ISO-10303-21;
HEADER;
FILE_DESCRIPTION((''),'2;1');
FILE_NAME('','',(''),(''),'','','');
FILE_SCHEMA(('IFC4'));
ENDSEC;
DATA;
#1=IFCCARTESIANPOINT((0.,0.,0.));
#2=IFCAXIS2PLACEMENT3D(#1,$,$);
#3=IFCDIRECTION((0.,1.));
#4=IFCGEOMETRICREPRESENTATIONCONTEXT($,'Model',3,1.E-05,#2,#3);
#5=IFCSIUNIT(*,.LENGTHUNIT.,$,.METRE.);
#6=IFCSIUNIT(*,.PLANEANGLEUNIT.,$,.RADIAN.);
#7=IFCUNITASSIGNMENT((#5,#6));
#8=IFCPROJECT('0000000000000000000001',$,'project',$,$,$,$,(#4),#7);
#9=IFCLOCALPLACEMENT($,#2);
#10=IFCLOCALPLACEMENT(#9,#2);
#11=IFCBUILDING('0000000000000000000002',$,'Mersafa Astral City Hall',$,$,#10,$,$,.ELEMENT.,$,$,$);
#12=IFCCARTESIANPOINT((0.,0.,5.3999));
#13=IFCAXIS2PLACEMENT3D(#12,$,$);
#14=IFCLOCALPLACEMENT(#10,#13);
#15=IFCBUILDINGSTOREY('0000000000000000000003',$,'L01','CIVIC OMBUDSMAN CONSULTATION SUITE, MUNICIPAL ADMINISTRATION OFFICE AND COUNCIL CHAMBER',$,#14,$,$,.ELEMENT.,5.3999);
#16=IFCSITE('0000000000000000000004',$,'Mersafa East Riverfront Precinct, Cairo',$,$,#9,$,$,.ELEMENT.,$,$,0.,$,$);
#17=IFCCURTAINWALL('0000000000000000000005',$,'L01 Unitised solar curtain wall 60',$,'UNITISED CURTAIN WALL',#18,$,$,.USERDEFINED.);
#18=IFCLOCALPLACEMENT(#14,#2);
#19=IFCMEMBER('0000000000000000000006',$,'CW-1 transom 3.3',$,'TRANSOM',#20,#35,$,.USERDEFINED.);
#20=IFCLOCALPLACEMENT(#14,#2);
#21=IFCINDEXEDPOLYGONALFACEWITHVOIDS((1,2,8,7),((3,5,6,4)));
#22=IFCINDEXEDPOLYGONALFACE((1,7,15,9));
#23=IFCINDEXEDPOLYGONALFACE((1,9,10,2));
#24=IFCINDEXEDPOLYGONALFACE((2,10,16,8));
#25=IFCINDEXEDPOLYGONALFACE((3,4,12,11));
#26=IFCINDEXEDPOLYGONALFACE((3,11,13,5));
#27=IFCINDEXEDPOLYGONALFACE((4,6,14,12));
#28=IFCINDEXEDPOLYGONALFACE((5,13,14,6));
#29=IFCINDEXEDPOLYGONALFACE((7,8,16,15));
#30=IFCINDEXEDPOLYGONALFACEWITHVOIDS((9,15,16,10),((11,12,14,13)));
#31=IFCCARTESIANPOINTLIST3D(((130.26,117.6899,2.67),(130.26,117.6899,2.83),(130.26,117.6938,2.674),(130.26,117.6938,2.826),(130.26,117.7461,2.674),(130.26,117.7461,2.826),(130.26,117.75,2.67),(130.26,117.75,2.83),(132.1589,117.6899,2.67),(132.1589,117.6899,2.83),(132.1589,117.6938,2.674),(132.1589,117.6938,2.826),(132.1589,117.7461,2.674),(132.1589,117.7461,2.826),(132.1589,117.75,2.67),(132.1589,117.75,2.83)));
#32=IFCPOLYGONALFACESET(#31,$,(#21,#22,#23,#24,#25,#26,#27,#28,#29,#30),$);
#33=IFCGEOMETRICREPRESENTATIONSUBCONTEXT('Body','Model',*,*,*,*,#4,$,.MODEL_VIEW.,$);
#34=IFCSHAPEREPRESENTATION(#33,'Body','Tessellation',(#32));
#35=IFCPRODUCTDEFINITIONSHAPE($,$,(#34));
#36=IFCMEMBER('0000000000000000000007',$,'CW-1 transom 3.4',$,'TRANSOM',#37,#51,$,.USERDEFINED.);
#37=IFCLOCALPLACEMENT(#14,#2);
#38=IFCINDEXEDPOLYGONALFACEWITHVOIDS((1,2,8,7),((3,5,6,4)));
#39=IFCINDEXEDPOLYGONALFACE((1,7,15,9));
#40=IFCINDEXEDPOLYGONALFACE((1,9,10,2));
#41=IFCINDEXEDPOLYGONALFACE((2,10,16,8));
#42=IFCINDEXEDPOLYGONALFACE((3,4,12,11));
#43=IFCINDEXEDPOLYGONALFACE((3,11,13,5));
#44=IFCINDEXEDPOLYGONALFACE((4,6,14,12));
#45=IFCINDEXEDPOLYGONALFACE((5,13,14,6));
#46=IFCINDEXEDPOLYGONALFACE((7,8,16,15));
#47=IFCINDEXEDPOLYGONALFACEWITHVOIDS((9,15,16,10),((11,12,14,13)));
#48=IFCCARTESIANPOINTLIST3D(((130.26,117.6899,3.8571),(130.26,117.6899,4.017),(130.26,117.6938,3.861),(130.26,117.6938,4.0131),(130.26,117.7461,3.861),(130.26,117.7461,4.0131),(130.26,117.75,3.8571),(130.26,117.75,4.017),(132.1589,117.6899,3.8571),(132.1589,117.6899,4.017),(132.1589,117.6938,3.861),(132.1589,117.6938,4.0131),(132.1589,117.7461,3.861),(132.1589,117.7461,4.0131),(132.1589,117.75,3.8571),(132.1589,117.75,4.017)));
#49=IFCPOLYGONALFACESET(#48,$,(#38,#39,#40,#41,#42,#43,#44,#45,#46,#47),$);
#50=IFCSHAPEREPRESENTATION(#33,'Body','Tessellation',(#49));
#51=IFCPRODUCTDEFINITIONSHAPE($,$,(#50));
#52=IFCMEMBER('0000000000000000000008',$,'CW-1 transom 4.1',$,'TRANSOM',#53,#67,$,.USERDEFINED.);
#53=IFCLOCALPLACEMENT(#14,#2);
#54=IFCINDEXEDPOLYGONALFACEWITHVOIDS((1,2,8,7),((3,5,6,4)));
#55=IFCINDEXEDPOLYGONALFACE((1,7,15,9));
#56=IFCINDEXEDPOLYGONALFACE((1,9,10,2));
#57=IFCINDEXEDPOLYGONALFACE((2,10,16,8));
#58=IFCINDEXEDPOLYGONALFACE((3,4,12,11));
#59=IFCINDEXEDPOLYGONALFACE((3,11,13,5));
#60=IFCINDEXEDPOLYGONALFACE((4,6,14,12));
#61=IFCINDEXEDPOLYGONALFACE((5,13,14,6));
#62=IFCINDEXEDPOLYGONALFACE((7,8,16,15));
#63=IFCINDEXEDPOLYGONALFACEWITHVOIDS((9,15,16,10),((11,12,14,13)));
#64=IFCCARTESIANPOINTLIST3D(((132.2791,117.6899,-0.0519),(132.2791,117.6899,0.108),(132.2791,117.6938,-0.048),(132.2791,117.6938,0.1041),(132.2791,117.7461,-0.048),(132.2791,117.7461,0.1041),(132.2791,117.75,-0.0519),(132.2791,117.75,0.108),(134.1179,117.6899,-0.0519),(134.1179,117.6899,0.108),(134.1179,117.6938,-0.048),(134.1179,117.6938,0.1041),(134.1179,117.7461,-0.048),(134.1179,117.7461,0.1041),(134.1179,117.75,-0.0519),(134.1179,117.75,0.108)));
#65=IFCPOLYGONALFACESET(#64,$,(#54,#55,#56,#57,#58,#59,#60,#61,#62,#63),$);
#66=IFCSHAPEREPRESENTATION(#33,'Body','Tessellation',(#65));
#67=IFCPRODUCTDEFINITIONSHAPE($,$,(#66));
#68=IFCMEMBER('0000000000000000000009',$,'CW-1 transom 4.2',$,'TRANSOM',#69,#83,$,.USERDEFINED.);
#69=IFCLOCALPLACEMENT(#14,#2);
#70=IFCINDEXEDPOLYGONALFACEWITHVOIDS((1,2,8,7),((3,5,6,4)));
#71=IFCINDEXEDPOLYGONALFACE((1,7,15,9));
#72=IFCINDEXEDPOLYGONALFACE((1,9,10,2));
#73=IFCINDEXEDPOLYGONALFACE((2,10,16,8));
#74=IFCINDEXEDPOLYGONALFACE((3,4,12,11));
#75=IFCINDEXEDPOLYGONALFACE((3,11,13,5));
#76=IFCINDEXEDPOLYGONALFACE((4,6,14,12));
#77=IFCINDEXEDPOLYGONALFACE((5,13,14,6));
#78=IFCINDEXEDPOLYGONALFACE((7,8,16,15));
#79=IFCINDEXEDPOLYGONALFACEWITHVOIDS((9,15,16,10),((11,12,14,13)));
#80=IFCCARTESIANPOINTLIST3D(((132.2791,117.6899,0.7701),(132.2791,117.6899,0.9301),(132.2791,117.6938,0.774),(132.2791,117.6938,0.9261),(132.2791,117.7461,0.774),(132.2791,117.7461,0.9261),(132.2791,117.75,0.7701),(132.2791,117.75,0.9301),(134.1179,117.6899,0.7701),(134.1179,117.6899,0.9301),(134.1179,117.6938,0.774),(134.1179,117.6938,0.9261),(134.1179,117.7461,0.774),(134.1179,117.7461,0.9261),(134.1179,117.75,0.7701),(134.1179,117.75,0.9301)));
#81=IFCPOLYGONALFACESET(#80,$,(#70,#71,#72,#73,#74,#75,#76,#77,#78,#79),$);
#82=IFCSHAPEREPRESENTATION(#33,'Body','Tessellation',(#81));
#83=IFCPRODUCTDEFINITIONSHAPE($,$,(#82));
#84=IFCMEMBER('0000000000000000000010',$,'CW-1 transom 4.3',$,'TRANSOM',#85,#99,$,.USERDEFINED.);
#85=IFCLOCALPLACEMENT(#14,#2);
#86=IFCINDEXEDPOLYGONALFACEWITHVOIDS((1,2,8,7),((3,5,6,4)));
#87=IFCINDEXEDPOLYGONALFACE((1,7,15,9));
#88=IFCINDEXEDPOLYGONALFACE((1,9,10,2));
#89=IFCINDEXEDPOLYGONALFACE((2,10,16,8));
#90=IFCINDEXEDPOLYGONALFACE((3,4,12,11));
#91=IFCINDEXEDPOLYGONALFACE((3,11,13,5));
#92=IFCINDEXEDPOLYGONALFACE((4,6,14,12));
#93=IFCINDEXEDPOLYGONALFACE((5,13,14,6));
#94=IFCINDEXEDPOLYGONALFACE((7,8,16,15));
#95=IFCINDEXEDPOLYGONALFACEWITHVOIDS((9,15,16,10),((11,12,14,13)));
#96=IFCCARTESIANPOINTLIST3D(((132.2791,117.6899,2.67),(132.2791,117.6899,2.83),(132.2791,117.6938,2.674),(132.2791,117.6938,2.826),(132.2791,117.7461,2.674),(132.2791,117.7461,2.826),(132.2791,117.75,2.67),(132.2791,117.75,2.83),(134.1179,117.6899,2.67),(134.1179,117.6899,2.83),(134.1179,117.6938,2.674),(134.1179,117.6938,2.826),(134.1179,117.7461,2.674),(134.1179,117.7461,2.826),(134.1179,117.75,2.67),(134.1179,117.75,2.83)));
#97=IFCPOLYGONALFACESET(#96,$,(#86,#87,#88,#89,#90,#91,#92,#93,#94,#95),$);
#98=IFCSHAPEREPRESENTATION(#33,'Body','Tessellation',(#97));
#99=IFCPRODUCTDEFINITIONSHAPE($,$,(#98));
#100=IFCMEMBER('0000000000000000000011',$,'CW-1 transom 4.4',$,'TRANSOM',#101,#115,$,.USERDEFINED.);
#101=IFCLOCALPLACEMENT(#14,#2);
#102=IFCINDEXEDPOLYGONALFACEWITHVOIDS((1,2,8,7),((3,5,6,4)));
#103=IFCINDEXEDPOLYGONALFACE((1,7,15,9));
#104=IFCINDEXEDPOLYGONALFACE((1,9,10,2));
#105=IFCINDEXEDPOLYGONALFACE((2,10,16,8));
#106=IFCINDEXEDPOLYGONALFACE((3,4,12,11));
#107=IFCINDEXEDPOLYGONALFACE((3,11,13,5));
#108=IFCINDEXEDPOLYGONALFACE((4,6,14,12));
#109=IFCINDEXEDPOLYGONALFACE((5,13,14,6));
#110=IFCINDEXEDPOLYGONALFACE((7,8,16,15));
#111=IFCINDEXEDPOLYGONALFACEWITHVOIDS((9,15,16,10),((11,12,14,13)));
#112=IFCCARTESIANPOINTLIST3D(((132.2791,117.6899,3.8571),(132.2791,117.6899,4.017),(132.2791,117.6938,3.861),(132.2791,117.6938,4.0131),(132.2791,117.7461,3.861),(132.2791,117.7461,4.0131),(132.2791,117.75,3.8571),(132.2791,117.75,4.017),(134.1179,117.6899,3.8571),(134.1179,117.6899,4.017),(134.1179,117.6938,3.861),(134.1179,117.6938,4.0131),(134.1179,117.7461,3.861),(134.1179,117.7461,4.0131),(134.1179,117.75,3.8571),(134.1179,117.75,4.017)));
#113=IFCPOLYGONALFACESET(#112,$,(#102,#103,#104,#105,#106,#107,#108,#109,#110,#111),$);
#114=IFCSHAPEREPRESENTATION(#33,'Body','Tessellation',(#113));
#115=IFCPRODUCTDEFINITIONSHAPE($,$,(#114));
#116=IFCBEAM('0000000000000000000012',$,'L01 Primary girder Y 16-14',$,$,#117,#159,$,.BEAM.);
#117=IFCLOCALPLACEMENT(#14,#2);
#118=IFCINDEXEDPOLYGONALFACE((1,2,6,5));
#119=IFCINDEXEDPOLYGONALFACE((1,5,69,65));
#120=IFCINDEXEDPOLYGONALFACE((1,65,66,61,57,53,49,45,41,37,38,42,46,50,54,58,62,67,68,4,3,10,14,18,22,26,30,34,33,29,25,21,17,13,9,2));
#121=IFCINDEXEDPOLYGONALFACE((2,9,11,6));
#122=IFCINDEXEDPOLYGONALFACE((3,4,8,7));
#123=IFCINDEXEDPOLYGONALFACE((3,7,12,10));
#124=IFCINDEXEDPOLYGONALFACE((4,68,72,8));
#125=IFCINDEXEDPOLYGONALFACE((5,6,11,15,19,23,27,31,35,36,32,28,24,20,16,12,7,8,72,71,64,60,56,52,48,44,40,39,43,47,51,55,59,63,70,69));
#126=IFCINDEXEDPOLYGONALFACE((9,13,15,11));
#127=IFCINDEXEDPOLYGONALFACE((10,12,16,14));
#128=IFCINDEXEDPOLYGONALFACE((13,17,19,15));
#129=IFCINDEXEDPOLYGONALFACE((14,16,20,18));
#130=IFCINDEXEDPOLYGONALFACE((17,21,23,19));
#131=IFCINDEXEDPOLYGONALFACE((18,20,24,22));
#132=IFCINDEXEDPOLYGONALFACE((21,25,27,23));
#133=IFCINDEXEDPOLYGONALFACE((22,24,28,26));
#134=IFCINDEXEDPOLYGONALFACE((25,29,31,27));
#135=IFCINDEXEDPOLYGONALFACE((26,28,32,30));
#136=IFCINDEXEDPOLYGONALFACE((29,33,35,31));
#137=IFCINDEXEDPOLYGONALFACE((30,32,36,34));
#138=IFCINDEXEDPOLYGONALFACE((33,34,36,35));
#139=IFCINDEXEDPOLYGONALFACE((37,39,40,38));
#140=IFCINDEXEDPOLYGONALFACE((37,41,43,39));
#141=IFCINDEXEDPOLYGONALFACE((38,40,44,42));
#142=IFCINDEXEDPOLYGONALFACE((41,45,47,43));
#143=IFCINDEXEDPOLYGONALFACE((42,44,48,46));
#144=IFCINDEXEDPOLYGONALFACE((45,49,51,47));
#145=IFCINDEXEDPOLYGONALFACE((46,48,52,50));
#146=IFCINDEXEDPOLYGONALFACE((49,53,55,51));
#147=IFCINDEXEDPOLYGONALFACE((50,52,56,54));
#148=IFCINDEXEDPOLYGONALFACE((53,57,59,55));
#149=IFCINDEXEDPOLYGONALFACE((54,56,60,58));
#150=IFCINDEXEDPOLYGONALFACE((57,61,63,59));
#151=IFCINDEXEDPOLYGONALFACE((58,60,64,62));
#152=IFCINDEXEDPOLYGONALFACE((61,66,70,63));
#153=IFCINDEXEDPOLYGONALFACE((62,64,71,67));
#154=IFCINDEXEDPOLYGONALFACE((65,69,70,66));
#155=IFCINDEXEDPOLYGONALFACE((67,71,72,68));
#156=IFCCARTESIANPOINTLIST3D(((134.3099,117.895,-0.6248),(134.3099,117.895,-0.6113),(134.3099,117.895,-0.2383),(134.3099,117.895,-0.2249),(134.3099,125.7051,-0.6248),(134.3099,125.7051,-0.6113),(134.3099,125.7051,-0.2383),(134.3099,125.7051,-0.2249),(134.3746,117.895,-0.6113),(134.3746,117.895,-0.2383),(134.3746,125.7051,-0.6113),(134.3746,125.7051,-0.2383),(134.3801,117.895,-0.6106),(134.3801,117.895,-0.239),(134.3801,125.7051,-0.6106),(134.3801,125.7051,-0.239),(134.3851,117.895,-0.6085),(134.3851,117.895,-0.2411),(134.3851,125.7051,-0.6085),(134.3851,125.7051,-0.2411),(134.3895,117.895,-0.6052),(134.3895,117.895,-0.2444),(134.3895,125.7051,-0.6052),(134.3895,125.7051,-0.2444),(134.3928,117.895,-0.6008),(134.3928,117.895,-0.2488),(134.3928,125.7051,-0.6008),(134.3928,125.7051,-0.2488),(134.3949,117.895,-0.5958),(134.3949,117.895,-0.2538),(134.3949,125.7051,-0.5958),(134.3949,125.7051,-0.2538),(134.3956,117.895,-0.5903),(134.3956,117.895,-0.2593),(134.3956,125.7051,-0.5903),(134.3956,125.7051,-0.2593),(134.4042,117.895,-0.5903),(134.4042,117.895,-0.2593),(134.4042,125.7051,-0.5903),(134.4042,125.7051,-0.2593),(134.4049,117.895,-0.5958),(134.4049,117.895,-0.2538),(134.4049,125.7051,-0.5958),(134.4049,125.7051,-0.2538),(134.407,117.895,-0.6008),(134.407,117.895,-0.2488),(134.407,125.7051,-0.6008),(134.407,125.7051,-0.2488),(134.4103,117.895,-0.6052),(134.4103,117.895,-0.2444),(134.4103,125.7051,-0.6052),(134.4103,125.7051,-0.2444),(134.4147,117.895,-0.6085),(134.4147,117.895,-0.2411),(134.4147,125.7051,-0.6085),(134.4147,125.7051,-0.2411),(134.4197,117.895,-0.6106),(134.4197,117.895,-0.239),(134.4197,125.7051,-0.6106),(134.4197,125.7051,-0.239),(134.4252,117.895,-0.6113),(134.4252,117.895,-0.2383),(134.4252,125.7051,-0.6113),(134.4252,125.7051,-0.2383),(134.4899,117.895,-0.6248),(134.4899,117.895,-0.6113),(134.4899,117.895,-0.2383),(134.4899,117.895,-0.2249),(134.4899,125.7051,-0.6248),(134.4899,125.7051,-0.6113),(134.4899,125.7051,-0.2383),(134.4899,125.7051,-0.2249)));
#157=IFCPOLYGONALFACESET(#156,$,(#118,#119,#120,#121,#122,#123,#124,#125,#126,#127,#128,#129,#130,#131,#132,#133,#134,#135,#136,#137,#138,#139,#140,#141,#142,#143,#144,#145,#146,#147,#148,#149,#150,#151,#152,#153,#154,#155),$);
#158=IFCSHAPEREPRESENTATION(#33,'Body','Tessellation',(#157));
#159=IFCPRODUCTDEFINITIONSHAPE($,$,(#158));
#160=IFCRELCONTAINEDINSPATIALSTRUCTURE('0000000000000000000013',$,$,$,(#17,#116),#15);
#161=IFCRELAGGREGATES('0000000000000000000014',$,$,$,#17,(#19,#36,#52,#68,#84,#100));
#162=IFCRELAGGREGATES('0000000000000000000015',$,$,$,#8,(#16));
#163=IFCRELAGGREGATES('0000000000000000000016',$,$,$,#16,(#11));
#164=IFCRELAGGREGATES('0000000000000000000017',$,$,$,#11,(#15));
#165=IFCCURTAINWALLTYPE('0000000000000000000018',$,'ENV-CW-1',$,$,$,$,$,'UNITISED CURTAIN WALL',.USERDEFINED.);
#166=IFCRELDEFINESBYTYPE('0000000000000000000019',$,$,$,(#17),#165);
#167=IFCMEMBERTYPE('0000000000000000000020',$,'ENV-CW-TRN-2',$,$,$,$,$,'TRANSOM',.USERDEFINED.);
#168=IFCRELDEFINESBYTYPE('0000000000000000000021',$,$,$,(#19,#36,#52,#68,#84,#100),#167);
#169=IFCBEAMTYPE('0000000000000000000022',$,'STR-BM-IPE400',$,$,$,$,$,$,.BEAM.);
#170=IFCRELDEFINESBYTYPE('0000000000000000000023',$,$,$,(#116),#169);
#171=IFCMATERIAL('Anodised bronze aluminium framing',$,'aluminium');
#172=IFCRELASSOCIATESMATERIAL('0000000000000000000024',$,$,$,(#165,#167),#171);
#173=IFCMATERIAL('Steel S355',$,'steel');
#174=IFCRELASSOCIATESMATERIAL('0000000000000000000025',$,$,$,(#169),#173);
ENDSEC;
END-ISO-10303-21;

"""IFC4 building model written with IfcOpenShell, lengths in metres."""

from ifc_helpers import new_model, si_unit, direction, frame, origin, origin_2d, place, context, subcontext, project, spatial, hollow_rectangle, i_section, extrude, material, material_profile, profile_set, type_object, element, aggregate, save


model = new_model("IFC4")

# Units and contexts
model_context = context("Model", 3, precision=1e-05, world=origin(), true_north=direction((0.0, 1.0)))
body_context = subcontext(model_context, "Body", "Model", "MODEL_VIEW")
ifc_project = project(units=[si_unit("LENGTHUNIT", "METRE"), si_unit("PLANEANGLEUNIT", "RADIAN")], contexts=[model_context])

# Site, building, storey
site_placement = place(None, origin())
site = spatial("IfcSite", under=ifc_project, at=site_placement, Name="Mersafa East Riverfront Precinct, Cairo", CompositionType="ELEMENT", RefElevation=0.0)
building_placement = place(site_placement, origin())
building = spatial("IfcBuilding", under=site, at=building_placement, Name="Mersafa Astral City Hall", CompositionType="ELEMENT")
storey_placement = place(building_placement, frame((0.0, 0.0, 5.3999)))
storey = spatial("IfcBuildingStorey", under=building, at=storey_placement, Name="L01", Description="CIVIC OMBUDSMAN CONSULTATION SUITE, MUNICIPAL ADMINISTRATION OFFICE AND COUNCIL CHAMBER", CompositionType="ELEMENT", Elevation=5.3999)

# Shared definitions
ifc_material_1 = material(Name="Steel S355", Category="steel")

# Curtain wall
ifc_material_2 = material(Name="Anodised bronze aluminium framing", Category="aluminium")
curtain_wall_type_1 = type_object("IfcCurtainWallType", Name="ENV-CW-1", ElementType="UNITISED CURTAIN WALL", PredefinedType="USERDEFINED", material=ifc_material_2)
curtain_wall_1_placement = place(storey_placement, origin())
curtain_wall_1 = element("IfcCurtainWall", 1, at=curtain_wall_1_placement, inside=storey, type_object=curtain_wall_type_1, Name="L01 Unitised solar curtain wall 60", ObjectType="UNITISED CURTAIN WALL", PredefinedType="USERDEFINED")

# Members
ifc_material_profile_1 = material_profile(ifc_material_2, hollow_rectangle(XDim=0.0601, YDim=0.1599, WallThickness=0.0039, at=origin_2d()), Name="RHS 60x160x4")
ifc_profile_set_1 = profile_set([ifc_material_profile_1], Name="Anodised bronze aluminium framing")
member_type_1 = type_object("IfcMemberType", Name="ENV-CW-TRN-2", ElementType="TRANSOM", PredefinedType="USERDEFINED", material=ifc_profile_set_1)
member_1_placement = place(storey_placement, frame((130.26, 117.72, 2.75), z_axis=(1.0, 0.0, 0.0), x_axis=(0.0, 1.0, 0.0)))
member_1 = element("IfcMember", 2, at=member_1_placement, type_object=member_type_1, Name="CW-1 transom 3.3", ObjectType="TRANSOM", PredefinedType="USERDEFINED", context=body_context, shape_type="SweptSolid", body=[
    extrude(hollow_rectangle(XDim=0.0601, YDim=0.1599, WallThickness=0.0039, at=origin_2d()), origin(), (0.0, 0.0, 1.0), 1.8989),
])
member_2_placement = place(storey_placement, frame((130.26, 117.72, 3.937), z_axis=(1.0, 0.0, 0.0), x_axis=(0.0, 1.0, 0.0)))
member_2 = element("IfcMember", 3, at=member_2_placement, type_object=member_type_1, Name="CW-1 transom 3.4", ObjectType="TRANSOM", PredefinedType="USERDEFINED", context=body_context, shape_type="SweptSolid", body=[
    extrude(hollow_rectangle(XDim=0.0601, YDim=0.1599, WallThickness=0.0039, at=origin_2d()), origin(), (0.0, 0.0, 1.0), 1.8989),
])
member_3_placement = place(storey_placement, frame((132.2791, 117.72, 0.0281), z_axis=(1.0, 0.0, 0.0), x_axis=(0.0, 1.0, 0.0)))
member_3 = element("IfcMember", 4, at=member_3_placement, type_object=member_type_1, Name="CW-1 transom 4.1", ObjectType="TRANSOM", PredefinedType="USERDEFINED", context=body_context, shape_type="SweptSolid", body=[
    extrude(hollow_rectangle(XDim=0.0601, YDim=0.1599, WallThickness=0.0039, at=origin_2d()), origin(), (0.0, 0.0, 1.0), 1.8389),
])
member_4_placement = place(storey_placement, frame((132.2791, 117.72, 0.8501), z_axis=(1.0, 0.0, 0.0), x_axis=(0.0, 1.0, 0.0)))
member_4 = element("IfcMember", 5, at=member_4_placement, type_object=member_type_1, Name="CW-1 transom 4.2", ObjectType="TRANSOM", PredefinedType="USERDEFINED", context=body_context, shape_type="SweptSolid", body=[
    extrude(hollow_rectangle(XDim=0.0601, YDim=0.1599, WallThickness=0.0039, at=origin_2d()), origin(), (0.0, 0.0, 1.0), 1.8389),
])
member_5_placement = place(storey_placement, frame((132.2791, 117.72, 2.75), z_axis=(1.0, 0.0, 0.0), x_axis=(0.0, 1.0, 0.0)))
member_5 = element("IfcMember", 6, at=member_5_placement, type_object=member_type_1, Name="CW-1 transom 4.3", ObjectType="TRANSOM", PredefinedType="USERDEFINED", context=body_context, shape_type="SweptSolid", body=[
    extrude(hollow_rectangle(XDim=0.0601, YDim=0.1599, WallThickness=0.0039, at=origin_2d()), origin(), (0.0, 0.0, 1.0), 1.8389),
])
member_6_placement = place(storey_placement, frame((132.2791, 117.72, 3.937), z_axis=(1.0, 0.0, 0.0), x_axis=(0.0, 1.0, 0.0)))
member_6 = element("IfcMember", 7, at=member_6_placement, type_object=member_type_1, Name="CW-1 transom 4.4", ObjectType="TRANSOM", PredefinedType="USERDEFINED", context=body_context, shape_type="SweptSolid", body=[
    extrude(hollow_rectangle(XDim=0.0601, YDim=0.1599, WallThickness=0.0039, at=origin_2d()), origin(), (0.0, 0.0, 1.0), 1.8389),
])

# Beam
ifc_material_profile_2 = material_profile(ifc_material_1, i_section(OverallWidth=0.1799, OverallDepth=0.3999, WebThickness=0.0085, FlangeThickness=0.0134, FilletRadius=0.021, at=origin_2d()), Name="IPE 400")
ifc_profile_set_2 = profile_set([ifc_material_profile_2], Name="Steel S355")
beam_type_1 = type_object("IfcBeamType", Name="STR-BM-IPE400", PredefinedType="BEAM", material=ifc_profile_set_2)
beam_1_placement = place(storey_placement, frame((134.3999, 117.895, -0.4248), z_axis=(0.0, 1.0, 0.0), x_axis=(-1.0, 0.0, 0.0)))
element("IfcBeam", 8, at=beam_1_placement, inside=storey, type_object=beam_type_1, Name="L01 Primary girder Y 16-14", PredefinedType="BEAM", context=body_context, shape_type="SweptSolid", body=[
    extrude(i_section(OverallWidth=0.1799, OverallDepth=0.3999, WebThickness=0.0085, FlangeThickness=0.0134, FilletRadius=0.021, at=origin_2d()), origin(), (0.0, 0.0, 1.0), 7.8101),
])

aggregate(curtain_wall_1, [member_1, member_2, member_3, member_4, member_5, member_6])

save(model, "model.ifc")
